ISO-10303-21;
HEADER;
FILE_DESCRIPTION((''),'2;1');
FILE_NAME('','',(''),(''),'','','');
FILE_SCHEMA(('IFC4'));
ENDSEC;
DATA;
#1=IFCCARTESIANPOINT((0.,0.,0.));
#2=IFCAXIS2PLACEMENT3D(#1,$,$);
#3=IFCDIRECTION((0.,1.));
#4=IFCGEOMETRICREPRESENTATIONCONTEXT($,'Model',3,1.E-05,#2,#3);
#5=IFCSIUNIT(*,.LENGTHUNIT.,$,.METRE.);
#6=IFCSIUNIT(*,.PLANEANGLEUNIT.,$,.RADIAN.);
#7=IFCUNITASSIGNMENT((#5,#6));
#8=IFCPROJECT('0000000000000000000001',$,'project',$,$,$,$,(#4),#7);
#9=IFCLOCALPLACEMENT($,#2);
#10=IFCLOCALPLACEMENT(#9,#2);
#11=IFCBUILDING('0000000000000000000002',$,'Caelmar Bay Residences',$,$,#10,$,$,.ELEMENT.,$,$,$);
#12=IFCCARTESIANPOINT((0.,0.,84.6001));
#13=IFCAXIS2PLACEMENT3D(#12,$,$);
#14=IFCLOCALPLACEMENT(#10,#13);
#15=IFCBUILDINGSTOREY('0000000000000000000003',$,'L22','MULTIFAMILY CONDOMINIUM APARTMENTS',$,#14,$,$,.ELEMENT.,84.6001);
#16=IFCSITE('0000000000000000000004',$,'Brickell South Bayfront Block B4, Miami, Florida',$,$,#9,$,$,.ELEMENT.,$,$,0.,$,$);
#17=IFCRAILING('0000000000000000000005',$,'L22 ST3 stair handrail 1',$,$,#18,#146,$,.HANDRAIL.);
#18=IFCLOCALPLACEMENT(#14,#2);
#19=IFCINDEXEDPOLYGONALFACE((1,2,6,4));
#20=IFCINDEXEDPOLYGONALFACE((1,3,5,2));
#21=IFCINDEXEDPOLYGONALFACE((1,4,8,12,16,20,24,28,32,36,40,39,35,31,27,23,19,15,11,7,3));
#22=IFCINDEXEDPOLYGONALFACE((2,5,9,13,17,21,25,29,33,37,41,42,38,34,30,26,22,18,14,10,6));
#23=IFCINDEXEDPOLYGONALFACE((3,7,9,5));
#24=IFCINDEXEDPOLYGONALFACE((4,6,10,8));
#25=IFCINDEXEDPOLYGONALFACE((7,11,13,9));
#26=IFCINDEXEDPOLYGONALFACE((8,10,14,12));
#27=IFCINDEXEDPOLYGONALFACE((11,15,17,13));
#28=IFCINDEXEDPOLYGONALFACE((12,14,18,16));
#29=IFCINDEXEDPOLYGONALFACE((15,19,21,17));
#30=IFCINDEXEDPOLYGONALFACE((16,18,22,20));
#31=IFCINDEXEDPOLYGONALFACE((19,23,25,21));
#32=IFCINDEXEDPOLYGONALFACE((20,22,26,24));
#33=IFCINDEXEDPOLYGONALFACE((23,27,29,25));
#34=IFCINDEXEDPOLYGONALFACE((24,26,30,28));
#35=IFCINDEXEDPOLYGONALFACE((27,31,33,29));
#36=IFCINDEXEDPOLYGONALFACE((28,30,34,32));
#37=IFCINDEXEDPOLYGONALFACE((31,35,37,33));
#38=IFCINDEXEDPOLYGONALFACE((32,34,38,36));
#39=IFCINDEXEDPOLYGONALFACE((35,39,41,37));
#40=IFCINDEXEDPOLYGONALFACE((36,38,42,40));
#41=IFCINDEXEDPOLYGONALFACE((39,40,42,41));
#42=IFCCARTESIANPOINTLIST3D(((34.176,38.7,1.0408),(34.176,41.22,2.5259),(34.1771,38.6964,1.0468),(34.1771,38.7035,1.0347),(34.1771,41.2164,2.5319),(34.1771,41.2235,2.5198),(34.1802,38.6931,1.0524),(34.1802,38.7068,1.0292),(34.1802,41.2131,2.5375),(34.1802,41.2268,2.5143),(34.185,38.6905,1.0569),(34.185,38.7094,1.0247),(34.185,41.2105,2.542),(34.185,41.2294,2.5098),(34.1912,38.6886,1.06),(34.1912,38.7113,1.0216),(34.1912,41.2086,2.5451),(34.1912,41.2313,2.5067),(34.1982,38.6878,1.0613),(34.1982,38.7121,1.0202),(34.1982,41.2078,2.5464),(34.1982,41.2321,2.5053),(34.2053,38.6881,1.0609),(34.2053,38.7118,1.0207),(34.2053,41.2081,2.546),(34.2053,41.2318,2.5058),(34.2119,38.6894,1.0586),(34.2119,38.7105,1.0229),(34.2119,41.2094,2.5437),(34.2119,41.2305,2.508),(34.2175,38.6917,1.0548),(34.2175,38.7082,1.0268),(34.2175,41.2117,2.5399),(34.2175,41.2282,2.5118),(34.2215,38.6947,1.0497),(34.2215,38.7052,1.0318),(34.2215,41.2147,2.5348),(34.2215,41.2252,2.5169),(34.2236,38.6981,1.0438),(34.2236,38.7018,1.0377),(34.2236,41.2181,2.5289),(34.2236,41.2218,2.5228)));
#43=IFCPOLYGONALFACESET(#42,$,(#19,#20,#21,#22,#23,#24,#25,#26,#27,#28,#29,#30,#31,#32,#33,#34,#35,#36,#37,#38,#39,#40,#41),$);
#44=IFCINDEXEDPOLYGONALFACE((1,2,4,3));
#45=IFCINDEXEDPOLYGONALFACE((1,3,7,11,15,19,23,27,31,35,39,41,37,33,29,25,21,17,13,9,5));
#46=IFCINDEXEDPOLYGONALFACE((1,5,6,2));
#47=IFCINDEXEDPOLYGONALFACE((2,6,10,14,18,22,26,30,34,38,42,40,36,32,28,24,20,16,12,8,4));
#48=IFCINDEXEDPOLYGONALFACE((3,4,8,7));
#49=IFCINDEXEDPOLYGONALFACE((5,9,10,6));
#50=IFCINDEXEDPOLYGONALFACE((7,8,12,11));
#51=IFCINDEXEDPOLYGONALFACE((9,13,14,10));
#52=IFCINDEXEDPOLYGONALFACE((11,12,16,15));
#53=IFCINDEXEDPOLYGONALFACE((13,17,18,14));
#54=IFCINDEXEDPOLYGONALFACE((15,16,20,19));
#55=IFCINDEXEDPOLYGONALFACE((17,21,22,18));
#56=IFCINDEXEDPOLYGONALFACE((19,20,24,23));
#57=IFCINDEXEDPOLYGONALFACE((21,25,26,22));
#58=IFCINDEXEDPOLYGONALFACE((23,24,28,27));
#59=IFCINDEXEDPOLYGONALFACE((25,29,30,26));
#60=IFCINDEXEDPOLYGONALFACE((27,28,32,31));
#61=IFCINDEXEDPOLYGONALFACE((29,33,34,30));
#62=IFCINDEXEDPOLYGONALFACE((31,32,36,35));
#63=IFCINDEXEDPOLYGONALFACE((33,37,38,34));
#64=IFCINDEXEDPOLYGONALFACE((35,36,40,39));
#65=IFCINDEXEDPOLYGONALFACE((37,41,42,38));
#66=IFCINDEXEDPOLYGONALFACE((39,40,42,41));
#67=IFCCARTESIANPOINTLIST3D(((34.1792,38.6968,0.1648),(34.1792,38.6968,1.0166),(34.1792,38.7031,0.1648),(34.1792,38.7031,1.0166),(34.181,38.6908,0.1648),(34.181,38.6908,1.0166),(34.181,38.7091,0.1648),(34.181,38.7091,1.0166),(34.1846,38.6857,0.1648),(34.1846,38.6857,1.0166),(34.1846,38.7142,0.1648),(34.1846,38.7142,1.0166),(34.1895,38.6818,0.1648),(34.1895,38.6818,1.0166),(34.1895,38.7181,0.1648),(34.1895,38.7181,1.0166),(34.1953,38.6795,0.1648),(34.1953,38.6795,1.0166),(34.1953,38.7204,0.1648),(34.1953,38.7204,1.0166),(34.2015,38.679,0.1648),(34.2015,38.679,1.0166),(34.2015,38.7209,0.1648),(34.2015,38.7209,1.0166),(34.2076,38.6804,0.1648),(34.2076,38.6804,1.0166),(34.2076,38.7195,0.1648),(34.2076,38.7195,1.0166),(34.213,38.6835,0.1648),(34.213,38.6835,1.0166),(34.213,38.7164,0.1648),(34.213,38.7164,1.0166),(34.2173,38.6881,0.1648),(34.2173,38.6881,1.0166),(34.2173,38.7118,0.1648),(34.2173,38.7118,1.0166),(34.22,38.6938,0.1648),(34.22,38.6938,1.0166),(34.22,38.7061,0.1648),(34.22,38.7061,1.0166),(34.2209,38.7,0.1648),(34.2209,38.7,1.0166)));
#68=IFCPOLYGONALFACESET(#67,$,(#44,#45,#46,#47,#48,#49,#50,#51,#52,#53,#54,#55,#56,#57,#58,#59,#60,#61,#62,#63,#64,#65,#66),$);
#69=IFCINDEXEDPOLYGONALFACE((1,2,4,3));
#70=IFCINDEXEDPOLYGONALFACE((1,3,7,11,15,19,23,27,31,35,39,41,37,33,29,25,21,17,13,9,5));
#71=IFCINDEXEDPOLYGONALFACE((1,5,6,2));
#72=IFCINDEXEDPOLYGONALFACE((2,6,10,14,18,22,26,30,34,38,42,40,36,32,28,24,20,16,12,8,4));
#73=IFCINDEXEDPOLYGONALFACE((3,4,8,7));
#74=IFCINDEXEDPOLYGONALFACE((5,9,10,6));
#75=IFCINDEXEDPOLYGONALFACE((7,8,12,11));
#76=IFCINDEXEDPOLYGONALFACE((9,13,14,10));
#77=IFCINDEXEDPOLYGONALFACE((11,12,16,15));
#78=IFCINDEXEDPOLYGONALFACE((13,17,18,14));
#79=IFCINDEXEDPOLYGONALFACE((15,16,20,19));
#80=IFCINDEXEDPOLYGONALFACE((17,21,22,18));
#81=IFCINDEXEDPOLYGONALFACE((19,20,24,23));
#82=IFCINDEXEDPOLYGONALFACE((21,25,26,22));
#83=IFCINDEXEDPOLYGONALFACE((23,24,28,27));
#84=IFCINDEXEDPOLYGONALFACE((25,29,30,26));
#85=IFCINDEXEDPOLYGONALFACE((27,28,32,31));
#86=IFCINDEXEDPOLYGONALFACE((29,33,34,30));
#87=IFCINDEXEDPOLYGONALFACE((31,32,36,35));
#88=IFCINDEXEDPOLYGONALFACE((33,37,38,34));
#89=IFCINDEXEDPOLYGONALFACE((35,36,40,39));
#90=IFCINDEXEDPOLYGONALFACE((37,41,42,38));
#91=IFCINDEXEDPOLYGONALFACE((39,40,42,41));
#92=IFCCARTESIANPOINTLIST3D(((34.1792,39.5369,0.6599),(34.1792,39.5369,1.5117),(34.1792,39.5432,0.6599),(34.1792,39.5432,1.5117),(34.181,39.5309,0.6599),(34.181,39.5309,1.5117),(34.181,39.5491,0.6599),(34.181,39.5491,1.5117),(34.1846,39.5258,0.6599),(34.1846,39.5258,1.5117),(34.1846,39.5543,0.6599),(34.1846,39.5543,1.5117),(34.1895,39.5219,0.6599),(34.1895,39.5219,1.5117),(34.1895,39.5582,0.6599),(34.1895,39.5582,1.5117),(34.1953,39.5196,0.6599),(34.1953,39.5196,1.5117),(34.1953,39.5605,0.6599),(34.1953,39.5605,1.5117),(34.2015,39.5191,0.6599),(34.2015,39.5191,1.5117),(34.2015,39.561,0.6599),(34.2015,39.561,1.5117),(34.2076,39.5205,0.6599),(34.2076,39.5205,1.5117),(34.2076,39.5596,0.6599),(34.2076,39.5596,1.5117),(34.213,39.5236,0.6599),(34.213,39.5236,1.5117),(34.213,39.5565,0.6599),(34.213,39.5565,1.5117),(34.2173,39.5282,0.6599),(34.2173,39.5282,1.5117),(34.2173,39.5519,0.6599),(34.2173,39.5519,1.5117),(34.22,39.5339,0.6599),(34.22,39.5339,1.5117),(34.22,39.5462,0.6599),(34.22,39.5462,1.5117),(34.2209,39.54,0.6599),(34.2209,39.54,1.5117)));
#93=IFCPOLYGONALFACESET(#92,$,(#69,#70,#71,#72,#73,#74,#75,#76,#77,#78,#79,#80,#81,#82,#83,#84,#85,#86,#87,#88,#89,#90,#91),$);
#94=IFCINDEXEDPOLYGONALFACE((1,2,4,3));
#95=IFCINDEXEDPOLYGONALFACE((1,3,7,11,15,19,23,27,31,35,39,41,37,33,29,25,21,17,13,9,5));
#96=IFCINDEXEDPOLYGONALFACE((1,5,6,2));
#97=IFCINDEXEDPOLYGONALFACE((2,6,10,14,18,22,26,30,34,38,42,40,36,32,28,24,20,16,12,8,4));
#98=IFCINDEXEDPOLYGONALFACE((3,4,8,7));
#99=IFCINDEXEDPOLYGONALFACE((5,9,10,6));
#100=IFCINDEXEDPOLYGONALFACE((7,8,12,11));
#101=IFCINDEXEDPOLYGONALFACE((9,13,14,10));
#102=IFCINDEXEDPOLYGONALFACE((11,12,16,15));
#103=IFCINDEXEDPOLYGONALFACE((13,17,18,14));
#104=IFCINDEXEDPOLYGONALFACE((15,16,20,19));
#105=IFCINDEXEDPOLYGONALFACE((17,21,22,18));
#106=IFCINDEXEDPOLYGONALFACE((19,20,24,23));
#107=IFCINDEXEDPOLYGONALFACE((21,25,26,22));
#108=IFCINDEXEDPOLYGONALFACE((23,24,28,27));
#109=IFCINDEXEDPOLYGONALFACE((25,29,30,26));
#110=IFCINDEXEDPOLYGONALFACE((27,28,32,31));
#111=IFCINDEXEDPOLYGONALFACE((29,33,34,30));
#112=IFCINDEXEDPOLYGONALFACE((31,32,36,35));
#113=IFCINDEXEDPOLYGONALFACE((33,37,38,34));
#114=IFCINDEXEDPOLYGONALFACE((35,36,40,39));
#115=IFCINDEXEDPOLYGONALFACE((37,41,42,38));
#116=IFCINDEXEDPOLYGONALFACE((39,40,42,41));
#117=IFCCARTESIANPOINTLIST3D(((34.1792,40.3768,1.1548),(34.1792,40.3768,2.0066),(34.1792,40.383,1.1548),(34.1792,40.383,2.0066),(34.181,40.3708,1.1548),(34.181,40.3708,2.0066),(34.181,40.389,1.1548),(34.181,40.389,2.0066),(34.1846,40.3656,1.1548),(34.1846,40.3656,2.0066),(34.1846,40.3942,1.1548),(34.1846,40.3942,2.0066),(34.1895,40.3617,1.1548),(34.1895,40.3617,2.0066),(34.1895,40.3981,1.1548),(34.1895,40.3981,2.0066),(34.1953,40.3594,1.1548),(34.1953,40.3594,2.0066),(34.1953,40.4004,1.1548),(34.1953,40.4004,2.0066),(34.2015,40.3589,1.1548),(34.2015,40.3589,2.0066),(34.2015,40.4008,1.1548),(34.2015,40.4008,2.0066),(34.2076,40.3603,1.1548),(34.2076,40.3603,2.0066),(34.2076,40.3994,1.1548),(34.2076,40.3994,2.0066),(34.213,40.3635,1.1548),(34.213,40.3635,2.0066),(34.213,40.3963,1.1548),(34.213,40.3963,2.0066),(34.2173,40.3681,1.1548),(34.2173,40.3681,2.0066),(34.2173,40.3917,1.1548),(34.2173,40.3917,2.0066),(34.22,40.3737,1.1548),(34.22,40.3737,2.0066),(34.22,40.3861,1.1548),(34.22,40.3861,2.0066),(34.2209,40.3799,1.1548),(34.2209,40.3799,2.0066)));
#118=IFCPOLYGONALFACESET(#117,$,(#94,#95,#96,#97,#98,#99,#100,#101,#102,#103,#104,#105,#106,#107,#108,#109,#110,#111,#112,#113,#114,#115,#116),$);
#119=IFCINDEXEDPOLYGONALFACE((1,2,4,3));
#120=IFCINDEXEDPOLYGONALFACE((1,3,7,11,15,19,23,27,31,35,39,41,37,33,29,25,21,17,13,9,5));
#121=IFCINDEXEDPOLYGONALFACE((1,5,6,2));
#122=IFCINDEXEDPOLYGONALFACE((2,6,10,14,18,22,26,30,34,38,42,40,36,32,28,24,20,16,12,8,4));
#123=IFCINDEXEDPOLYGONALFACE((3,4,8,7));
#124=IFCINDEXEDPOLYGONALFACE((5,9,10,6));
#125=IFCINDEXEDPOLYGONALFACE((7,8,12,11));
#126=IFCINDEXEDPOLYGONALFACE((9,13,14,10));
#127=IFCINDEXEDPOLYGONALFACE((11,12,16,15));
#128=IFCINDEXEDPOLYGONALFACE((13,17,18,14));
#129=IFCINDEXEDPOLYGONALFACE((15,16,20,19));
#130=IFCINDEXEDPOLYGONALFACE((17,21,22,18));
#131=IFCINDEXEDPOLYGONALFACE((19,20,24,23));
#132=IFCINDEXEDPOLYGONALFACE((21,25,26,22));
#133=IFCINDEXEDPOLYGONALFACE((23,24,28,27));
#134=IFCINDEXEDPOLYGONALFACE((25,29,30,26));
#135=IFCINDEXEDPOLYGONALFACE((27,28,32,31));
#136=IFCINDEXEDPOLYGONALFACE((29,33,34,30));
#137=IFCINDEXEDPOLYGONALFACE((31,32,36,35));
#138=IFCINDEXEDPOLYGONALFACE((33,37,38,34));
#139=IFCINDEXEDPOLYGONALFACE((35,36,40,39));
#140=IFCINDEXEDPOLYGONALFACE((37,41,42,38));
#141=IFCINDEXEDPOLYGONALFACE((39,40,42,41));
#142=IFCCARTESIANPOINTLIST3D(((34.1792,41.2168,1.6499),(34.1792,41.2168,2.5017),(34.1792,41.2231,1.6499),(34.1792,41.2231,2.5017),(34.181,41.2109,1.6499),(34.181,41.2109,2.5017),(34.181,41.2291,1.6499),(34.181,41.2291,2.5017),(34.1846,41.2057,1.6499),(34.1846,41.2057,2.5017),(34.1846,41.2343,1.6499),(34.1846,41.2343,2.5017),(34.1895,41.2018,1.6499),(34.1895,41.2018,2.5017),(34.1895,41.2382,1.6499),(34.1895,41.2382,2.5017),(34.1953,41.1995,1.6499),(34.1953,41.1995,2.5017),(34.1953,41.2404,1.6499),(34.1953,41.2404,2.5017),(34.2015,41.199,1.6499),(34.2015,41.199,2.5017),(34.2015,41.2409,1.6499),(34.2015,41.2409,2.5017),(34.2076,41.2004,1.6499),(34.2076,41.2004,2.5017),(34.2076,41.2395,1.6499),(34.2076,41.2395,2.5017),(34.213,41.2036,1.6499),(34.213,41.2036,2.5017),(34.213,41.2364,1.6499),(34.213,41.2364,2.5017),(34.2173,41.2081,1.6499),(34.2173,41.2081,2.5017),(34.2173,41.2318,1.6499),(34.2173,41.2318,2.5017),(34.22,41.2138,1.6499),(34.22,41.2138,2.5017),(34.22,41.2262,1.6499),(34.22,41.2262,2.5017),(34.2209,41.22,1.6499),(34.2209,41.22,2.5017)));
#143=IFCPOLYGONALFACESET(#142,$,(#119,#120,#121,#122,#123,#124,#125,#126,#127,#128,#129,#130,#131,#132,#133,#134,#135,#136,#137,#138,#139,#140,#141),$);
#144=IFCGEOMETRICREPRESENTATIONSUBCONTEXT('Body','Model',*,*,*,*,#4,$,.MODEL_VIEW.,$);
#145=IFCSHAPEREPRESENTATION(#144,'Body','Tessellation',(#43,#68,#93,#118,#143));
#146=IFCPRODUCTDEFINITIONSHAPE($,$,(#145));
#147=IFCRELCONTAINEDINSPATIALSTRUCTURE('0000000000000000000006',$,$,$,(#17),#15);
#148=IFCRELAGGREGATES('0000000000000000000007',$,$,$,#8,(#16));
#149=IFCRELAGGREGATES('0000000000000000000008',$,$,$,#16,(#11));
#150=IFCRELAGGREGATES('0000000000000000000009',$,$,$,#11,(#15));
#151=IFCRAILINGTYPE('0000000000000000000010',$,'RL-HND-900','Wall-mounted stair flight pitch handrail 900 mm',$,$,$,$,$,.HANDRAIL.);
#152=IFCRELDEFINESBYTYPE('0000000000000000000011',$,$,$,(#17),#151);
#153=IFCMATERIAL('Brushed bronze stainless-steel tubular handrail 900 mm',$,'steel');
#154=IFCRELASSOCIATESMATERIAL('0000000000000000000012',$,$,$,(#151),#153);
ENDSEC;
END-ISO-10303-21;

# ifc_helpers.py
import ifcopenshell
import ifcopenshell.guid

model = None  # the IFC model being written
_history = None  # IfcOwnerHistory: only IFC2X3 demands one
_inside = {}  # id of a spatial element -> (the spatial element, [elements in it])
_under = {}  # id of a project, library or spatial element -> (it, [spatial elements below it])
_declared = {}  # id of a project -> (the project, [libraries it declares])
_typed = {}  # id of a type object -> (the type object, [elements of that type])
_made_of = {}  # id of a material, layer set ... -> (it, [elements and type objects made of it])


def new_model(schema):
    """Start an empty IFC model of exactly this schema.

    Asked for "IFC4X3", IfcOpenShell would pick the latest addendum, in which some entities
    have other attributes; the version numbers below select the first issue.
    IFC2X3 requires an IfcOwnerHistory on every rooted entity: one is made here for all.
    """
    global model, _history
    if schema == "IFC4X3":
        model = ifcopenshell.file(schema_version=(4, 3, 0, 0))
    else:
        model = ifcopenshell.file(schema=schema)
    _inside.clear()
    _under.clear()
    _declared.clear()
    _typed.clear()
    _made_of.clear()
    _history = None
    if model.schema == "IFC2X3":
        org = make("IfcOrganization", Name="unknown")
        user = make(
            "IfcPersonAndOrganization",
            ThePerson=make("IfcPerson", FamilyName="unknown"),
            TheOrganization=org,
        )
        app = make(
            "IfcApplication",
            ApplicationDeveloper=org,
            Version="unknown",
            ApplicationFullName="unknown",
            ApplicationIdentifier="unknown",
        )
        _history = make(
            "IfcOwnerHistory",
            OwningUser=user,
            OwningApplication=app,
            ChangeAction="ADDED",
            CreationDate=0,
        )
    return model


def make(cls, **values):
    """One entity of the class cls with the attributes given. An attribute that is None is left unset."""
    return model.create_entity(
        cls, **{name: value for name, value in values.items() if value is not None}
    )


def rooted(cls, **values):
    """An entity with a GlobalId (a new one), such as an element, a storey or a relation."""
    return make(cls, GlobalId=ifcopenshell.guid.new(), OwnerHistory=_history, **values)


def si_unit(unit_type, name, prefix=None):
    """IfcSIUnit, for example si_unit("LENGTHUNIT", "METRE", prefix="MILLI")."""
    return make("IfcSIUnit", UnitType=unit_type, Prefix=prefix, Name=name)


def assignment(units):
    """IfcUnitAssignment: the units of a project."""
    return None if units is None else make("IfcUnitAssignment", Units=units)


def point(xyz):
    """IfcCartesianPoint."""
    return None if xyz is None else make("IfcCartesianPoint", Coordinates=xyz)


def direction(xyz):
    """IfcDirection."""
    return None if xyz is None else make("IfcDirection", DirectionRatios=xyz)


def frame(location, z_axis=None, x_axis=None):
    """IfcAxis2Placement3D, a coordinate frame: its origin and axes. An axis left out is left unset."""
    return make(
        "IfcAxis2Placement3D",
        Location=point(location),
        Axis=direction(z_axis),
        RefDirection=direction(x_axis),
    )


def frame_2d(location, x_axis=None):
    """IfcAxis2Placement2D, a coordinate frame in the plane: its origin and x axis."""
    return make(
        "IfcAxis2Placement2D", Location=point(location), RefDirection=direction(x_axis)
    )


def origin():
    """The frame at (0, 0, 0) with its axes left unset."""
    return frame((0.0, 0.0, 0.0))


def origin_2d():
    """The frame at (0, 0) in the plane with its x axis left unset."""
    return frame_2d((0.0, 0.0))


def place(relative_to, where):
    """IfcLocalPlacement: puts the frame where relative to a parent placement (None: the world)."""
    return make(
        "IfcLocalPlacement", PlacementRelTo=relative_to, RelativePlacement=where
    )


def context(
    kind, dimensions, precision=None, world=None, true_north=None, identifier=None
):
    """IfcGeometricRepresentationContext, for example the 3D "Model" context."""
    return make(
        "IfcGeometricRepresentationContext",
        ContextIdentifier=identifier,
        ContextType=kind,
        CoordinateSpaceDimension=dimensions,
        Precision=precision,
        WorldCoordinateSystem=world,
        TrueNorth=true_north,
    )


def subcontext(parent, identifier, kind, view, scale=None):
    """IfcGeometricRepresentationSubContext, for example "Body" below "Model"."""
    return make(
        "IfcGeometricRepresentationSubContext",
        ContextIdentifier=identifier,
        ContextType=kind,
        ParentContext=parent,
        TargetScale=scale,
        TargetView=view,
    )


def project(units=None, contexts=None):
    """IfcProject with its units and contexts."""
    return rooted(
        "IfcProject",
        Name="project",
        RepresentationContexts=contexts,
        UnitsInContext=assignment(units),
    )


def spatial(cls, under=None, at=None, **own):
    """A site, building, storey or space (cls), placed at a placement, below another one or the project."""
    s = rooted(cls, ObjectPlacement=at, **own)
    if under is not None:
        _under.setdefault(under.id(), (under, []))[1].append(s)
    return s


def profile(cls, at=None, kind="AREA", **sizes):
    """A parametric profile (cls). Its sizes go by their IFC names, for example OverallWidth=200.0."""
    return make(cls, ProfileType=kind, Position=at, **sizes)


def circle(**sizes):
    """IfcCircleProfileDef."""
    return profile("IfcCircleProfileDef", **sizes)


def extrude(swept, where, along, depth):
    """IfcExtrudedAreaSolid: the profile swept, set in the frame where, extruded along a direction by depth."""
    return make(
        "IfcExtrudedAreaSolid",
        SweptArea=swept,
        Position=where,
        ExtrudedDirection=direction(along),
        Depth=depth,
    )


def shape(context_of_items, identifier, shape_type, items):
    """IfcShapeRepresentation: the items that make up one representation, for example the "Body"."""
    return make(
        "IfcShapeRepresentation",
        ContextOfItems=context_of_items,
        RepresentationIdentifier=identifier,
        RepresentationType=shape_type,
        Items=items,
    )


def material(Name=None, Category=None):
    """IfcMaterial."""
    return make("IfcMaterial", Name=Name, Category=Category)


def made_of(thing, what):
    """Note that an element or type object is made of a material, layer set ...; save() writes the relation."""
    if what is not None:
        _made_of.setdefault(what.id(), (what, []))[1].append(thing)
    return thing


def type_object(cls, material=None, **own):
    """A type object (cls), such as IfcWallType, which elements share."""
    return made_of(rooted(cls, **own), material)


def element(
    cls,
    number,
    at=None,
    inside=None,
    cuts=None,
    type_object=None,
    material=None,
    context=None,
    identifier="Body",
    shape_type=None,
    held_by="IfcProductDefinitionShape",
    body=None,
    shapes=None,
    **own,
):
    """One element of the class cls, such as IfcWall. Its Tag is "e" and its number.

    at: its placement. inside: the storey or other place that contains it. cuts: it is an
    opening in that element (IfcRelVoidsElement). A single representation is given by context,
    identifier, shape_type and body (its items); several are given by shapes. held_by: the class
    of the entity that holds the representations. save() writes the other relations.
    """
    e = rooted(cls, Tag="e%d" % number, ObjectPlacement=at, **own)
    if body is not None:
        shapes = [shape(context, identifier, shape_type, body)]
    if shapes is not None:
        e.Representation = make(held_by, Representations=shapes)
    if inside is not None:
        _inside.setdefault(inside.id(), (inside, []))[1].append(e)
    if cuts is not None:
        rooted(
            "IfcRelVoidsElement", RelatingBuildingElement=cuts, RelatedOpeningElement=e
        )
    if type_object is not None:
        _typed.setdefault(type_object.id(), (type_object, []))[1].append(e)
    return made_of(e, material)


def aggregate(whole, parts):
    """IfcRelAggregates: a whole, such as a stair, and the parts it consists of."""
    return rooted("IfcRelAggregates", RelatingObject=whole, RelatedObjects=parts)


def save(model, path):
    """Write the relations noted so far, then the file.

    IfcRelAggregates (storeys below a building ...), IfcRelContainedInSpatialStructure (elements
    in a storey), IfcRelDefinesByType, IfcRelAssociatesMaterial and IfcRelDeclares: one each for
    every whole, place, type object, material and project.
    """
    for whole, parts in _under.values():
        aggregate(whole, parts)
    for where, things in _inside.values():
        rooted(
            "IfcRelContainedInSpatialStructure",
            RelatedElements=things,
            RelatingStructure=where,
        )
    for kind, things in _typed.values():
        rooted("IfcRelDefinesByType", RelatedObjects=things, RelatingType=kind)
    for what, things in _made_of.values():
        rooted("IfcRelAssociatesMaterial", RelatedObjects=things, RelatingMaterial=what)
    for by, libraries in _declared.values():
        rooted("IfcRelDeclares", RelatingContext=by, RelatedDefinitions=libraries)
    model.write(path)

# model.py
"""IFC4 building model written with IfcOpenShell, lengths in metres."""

from ifc_helpers import new_model, si_unit, direction, frame, origin, origin_2d, place, context, subcontext, project, spatial, circle, extrude, material, type_object, element, save


model = new_model("IFC4")

# Units and contexts
model_context = context("Model", 3, precision=1e-05, world=origin(), true_north=direction((0.0, 1.0)))
body_context = subcontext(model_context, "Body", "Model", "MODEL_VIEW")
ifc_project = project(units=[si_unit("LENGTHUNIT", "METRE"), si_unit("PLANEANGLEUNIT", "RADIAN")], contexts=[model_context])

# Site, building, storey
site_placement = place(None, origin())
site = spatial("IfcSite", under=ifc_project, at=site_placement, Name="Brickell South Bayfront Block B4, Miami, Florida", CompositionType="ELEMENT", RefElevation=0.0)
building_placement = place(site_placement, origin())
building = spatial("IfcBuilding", under=site, at=building_placement, Name="Caelmar Bay Residences", CompositionType="ELEMENT")
storey_placement = place(building_placement, frame((0.0, 0.0, 84.6001)))
storey = spatial("IfcBuildingStorey", under=building, at=storey_placement, Name="L22", Description="MULTIFAMILY CONDOMINIUM APARTMENTS", CompositionType="ELEMENT", Elevation=84.6001)

# Railing
ifc_material_1 = material(Name="Brushed bronze stainless-steel tubular handrail 900 mm", Category="steel")
railing_type_1 = type_object("IfcRailingType", Name="RL-HND-900", Description="Wall-mounted stair flight pitch handrail 900 mm", PredefinedType="HANDRAIL", material=ifc_material_1)
railing_1_placement = place(storey_placement, frame((34.2, 38.7, 0.1648)))
element("IfcRailing", 1, at=railing_1_placement, inside=storey, type_object=railing_type_1, Name="L22 ST3 stair handrail 1", PredefinedType="HANDRAIL", context=body_context, shape_type="SweptSolid", body=[
    extrude(circle(Radius=0.0239, at=origin_2d()), frame((0.0, 0.0, 0.876), z_axis=(0.0, 0.861524, 0.507717), x_axis=(-1.0, 0.0, 0.0)), (0.0, 0.0, 1.0), 2.925),
    extrude(circle(Radius=0.021, at=origin_2d()), origin(), (0.0, 0.0, 1.0), 0.8518),
    extrude(circle(Radius=0.021, at=origin_2d()), frame((0.0, 0.8401, 0.4951)), (0.0, 0.0, 1.0), 0.8518),
    extrude(circle(Radius=0.021, at=origin_2d()), frame((0.0, 1.6799, 0.99)), (0.0, 0.0, 1.0), 0.8518),
    extrude(circle(Radius=0.021, at=origin_2d()), frame((0.0, 2.52, 1.4851)), (0.0, 0.0, 1.0), 0.8518),
])

save(model, "model.ifc")
